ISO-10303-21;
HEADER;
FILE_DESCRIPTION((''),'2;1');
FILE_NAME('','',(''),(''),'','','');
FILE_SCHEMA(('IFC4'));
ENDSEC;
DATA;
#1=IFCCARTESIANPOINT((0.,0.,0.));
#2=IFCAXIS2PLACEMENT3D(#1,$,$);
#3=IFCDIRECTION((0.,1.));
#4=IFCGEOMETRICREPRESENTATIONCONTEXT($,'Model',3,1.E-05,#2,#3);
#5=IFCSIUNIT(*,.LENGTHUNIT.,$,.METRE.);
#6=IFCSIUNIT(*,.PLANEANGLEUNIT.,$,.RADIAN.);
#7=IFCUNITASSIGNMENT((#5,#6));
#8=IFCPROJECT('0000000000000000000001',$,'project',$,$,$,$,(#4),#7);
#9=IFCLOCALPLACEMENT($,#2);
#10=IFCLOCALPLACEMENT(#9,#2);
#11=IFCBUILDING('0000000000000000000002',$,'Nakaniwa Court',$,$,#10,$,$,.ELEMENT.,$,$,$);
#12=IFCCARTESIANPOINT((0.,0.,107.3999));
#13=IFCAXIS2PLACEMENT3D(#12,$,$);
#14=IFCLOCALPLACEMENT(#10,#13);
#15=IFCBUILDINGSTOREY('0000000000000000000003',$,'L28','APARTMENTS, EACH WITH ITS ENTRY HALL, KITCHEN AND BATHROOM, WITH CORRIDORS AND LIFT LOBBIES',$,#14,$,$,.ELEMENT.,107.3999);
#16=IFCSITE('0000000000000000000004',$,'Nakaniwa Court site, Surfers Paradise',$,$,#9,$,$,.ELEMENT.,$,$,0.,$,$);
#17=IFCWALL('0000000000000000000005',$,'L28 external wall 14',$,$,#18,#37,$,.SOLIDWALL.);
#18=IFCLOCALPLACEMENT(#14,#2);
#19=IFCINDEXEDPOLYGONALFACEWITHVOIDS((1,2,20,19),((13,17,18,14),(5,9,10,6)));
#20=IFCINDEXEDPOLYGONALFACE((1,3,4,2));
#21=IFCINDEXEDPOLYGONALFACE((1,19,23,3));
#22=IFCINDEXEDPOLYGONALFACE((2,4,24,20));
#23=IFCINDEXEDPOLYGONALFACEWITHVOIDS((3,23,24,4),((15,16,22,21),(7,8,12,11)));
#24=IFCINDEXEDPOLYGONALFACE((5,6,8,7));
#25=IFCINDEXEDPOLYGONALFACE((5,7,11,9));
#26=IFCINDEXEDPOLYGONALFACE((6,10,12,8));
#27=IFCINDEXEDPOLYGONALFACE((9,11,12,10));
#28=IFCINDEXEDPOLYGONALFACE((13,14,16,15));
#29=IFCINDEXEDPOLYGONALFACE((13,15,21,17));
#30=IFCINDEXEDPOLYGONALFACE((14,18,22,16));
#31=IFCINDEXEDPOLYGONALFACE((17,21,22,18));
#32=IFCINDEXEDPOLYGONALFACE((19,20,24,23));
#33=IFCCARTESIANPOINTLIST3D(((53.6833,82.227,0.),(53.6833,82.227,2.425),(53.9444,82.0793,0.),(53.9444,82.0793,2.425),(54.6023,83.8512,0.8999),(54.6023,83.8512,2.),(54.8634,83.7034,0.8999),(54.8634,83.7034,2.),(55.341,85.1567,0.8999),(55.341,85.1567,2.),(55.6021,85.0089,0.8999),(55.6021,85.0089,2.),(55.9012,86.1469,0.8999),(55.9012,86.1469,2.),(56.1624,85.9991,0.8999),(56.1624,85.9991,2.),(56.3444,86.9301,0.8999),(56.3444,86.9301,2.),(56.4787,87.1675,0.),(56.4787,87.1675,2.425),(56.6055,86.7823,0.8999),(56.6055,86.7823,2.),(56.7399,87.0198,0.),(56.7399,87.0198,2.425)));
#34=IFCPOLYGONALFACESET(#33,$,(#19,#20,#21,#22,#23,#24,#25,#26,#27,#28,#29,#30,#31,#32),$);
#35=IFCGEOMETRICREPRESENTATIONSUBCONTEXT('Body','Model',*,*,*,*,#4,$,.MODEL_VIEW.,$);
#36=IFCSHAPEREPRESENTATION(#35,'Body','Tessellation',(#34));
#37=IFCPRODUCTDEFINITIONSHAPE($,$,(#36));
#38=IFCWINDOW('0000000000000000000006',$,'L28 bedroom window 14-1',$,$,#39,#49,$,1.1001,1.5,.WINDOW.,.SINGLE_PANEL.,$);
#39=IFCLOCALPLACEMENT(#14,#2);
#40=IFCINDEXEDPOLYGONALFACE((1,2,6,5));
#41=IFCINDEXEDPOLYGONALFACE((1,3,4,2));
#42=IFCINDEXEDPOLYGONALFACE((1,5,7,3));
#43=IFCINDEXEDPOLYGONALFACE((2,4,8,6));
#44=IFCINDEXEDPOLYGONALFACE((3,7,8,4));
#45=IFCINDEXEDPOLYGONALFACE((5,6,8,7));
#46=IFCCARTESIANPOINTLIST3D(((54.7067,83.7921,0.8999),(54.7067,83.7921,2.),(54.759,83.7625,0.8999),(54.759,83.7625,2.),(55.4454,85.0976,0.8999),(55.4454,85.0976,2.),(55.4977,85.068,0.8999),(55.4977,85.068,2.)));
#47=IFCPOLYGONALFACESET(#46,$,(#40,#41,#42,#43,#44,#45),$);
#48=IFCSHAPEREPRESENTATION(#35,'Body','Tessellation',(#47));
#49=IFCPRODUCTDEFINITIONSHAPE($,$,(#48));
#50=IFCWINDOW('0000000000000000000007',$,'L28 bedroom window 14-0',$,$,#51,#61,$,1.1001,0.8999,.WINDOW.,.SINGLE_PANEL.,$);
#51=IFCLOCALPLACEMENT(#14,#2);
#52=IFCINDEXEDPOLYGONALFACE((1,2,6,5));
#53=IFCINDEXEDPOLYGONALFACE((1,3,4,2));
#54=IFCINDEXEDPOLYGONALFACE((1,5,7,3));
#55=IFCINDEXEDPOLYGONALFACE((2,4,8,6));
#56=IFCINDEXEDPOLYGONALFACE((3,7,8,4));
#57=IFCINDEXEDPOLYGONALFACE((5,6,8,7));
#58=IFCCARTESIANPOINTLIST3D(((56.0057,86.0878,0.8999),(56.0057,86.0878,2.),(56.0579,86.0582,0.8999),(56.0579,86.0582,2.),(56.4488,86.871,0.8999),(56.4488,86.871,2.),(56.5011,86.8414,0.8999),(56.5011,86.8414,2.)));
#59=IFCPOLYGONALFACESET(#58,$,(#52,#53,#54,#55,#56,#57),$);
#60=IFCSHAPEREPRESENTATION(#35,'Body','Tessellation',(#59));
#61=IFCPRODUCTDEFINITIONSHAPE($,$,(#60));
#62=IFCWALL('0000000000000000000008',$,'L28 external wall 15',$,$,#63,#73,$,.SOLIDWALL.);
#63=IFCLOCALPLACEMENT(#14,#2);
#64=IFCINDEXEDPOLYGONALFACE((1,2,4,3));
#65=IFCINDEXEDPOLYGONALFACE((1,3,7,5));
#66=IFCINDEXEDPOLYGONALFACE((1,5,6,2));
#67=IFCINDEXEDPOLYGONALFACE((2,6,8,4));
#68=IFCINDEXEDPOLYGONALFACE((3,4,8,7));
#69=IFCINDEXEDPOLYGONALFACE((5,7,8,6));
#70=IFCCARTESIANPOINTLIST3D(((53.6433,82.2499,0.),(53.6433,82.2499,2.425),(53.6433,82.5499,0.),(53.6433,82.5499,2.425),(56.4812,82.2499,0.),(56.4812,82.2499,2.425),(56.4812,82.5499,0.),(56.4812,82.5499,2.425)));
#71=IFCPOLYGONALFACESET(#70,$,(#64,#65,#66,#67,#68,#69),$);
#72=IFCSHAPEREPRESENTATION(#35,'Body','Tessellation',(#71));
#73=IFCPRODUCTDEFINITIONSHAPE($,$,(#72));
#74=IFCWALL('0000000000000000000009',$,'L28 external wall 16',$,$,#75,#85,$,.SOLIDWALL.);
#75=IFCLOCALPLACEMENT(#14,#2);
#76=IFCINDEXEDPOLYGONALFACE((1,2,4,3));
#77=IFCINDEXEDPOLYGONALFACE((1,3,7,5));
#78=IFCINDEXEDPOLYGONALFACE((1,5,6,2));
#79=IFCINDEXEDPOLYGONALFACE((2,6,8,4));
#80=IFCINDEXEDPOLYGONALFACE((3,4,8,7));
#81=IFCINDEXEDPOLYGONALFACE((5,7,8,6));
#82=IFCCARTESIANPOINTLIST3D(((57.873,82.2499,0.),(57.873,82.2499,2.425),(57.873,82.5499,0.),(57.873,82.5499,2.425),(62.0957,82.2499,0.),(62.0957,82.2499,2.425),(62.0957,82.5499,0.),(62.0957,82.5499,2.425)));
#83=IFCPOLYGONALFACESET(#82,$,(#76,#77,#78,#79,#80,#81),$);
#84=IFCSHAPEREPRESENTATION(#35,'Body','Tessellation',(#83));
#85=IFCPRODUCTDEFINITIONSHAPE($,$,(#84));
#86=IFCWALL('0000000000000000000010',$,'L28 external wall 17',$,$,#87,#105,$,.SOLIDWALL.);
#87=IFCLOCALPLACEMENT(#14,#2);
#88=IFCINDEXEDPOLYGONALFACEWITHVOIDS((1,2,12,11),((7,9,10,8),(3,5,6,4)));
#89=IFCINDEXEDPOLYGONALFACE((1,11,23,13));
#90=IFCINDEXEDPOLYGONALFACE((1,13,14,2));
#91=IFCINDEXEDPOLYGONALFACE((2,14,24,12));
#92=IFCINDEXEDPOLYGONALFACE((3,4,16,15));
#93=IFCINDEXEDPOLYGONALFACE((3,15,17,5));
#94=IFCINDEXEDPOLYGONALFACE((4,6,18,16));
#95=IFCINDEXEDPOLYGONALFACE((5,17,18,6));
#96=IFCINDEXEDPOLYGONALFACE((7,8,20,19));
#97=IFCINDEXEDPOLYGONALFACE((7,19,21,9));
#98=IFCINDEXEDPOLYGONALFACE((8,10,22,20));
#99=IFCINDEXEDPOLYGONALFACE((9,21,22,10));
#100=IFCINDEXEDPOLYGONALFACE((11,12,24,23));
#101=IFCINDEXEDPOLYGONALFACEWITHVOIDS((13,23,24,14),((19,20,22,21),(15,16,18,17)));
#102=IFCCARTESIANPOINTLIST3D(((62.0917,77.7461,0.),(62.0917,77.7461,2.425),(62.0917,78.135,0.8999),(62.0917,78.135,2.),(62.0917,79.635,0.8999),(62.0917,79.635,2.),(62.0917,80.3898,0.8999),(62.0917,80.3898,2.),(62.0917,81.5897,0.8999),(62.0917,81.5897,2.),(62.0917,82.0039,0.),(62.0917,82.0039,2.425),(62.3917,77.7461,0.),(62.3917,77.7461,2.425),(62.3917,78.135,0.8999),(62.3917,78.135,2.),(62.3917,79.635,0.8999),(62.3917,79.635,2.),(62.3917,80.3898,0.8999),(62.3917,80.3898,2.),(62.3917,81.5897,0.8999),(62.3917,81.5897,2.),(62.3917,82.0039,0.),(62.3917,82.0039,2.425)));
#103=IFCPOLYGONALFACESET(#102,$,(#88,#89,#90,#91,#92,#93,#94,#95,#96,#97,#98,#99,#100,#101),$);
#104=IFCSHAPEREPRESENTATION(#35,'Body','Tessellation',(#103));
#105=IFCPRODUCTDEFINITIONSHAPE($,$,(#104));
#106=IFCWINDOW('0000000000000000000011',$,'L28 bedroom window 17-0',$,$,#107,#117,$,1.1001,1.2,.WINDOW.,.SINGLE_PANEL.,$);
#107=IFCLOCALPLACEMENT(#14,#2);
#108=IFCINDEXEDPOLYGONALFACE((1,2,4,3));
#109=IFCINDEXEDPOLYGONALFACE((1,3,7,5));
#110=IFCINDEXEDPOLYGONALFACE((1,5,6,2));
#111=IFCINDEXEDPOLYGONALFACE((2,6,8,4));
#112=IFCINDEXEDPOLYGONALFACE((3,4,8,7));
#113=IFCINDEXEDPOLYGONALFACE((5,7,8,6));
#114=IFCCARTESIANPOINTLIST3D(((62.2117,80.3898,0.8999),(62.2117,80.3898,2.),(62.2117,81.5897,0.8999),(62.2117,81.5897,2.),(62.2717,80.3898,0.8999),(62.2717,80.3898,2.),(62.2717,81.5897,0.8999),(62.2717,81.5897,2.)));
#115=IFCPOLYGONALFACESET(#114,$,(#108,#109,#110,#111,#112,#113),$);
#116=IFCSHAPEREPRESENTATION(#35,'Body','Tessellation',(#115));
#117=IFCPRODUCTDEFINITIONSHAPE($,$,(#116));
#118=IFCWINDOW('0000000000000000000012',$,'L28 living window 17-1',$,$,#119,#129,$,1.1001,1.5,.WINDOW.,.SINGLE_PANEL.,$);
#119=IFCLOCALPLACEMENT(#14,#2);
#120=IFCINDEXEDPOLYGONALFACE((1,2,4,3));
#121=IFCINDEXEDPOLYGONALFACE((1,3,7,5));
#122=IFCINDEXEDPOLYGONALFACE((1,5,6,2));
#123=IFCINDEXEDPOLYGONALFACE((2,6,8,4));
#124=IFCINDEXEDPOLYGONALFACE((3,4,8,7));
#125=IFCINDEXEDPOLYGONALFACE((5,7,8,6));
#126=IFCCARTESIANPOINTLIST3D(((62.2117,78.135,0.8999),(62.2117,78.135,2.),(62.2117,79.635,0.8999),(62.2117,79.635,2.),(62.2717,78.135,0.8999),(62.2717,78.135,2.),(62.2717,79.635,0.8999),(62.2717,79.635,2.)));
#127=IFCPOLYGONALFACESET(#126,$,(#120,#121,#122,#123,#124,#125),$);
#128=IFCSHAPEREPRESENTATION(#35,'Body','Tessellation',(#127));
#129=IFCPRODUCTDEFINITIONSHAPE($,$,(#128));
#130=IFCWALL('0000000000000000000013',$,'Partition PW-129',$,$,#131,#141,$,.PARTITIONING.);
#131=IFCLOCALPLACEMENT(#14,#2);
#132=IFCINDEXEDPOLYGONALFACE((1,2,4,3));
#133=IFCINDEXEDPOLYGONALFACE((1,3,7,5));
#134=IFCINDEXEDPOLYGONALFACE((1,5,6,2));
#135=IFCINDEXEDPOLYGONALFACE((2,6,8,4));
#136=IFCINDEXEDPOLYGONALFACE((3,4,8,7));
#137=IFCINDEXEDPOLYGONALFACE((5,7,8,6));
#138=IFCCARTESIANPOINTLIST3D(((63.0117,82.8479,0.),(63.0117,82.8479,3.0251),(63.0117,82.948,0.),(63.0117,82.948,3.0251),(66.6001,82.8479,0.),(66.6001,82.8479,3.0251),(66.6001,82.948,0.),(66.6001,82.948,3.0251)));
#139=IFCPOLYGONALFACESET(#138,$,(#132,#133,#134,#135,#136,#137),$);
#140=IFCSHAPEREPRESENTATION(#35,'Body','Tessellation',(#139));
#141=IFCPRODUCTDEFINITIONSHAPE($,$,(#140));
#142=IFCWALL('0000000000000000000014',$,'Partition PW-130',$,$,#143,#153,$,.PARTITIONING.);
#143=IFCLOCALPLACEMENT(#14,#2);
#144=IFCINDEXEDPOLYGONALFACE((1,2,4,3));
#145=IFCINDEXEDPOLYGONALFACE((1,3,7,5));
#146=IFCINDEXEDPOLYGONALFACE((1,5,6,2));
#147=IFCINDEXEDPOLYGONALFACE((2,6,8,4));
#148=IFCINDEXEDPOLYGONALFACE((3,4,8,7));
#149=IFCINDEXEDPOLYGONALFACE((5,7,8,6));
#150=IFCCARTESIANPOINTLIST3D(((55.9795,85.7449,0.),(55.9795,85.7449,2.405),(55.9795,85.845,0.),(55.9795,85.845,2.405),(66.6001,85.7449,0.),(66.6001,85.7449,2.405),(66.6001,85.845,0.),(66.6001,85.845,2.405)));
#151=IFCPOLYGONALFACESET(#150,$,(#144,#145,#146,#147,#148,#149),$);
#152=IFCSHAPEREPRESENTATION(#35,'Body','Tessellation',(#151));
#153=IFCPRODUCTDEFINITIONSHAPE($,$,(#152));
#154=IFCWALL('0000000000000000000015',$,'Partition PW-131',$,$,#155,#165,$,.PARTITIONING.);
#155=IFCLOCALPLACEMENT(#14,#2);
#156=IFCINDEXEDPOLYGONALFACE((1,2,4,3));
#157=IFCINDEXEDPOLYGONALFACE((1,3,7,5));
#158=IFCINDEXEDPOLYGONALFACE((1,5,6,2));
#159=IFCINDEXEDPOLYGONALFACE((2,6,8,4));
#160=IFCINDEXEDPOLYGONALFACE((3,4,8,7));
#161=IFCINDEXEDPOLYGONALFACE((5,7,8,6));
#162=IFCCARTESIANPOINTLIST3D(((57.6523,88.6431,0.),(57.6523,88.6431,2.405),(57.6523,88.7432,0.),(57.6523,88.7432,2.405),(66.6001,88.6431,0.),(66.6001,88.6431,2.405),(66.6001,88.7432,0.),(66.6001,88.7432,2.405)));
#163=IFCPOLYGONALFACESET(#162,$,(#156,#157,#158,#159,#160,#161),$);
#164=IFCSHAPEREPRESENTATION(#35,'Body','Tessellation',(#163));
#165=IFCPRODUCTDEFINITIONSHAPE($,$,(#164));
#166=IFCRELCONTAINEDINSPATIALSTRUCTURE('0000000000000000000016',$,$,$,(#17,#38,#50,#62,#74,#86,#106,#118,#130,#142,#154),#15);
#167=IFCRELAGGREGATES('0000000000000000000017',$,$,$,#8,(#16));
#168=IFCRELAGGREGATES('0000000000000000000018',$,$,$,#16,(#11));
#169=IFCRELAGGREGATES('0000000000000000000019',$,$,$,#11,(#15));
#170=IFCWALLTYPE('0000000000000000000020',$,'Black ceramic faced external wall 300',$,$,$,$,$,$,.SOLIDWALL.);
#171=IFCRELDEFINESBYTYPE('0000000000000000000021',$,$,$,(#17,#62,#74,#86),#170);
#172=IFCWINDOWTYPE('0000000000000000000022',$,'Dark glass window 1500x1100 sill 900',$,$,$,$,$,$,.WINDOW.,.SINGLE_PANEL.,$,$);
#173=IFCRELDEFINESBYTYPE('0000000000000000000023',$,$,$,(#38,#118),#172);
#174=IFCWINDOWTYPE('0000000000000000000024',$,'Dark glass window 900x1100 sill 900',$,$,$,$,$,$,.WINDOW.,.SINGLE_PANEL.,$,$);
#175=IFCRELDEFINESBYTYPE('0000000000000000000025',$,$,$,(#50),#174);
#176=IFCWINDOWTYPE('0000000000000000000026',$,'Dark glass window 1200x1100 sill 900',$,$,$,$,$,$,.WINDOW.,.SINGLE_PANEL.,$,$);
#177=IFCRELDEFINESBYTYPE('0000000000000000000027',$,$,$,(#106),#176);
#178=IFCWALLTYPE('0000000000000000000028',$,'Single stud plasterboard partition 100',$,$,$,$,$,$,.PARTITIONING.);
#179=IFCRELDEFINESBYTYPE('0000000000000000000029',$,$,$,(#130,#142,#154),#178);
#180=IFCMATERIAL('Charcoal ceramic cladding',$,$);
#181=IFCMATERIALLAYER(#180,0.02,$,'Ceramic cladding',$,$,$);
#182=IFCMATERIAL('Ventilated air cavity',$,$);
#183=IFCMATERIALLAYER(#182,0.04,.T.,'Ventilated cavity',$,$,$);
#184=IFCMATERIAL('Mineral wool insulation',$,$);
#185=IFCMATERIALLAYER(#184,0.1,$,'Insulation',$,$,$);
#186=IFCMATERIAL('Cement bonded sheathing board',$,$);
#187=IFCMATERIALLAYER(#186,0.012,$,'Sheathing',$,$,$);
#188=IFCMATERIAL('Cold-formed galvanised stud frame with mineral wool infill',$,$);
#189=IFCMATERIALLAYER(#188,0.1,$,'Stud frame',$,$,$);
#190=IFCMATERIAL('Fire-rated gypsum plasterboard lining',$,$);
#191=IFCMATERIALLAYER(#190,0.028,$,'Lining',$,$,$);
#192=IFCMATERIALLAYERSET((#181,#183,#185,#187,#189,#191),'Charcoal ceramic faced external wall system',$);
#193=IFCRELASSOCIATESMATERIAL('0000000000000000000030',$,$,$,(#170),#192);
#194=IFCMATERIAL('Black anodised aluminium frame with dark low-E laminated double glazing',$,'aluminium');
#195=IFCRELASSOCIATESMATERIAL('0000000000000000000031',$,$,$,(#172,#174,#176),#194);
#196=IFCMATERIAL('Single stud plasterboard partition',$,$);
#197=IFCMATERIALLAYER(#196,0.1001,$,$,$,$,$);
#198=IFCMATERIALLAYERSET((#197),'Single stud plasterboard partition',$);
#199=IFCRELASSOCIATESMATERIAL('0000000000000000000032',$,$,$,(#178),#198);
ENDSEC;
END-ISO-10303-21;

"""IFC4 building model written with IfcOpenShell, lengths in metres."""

from ifc_helpers import new_model, si_unit, direction, frame, frame_2d, origin, place, context, subcontext, project, spatial, rectangle, extrude, material, layer, layer_set, type_object, element, fill, save


model = new_model("IFC4")

# Units and contexts
model_context = context("Model", 3, precision=1e-05, world=origin(), true_north=direction((0.0, 1.0)))
body_context = subcontext(model_context, "Body", "Model", "MODEL_VIEW")
ifc_project = project(units=[si_unit("LENGTHUNIT", "METRE"), si_unit("PLANEANGLEUNIT", "RADIAN")], contexts=[model_context])

# Site, building, storey
site_placement = place(None, origin())
site = spatial("IfcSite", under=ifc_project, at=site_placement, Name="Nakaniwa Court site, Surfers Paradise", CompositionType="ELEMENT", RefElevation=0.0)
building_placement = place(site_placement, origin())
building = spatial("IfcBuilding", under=site, at=building_placement, Name="Nakaniwa Court", CompositionType="ELEMENT")
storey_placement = place(building_placement, frame((0.0, 0.0, 107.3999)))
storey = spatial("IfcBuildingStorey", under=building, at=storey_placement, Name="L28", Description="APARTMENTS, EACH WITH ITS ENTRY HALL, KITCHEN AND BATHROOM, WITH CORRIDORS AND LIFT LOBBIES", CompositionType="ELEMENT", Elevation=107.3999)

# Shared definitions
ifc_material_1 = material(Name="Charcoal ceramic cladding")
ifc_layer_1 = layer(ifc_material_1, 0.02, Name="Ceramic cladding")
ifc_material_2 = material(Name="Ventilated air cavity")
ifc_layer_2 = layer(ifc_material_2, 0.04, ventilated=True, Name="Ventilated cavity")
ifc_material_3 = material(Name="Mineral wool insulation")
ifc_layer_3 = layer(ifc_material_3, 0.1, Name="Insulation")
ifc_material_4 = material(Name="Cement bonded sheathing board")
ifc_layer_4 = layer(ifc_material_4, 0.012, Name="Sheathing")
ifc_material_5 = material(Name="Cold-formed galvanised stud frame with mineral wool infill")
ifc_layer_5 = layer(ifc_material_5, 0.1, Name="Stud frame")
ifc_material_6 = material(Name="Fire-rated gypsum plasterboard lining")
ifc_layer_6 = layer(ifc_material_6, 0.028, Name="Lining")
ifc_layer_set_1 = layer_set([ifc_layer_1, ifc_layer_2, ifc_layer_3, ifc_layer_4, ifc_layer_5, ifc_layer_6], Name="Charcoal ceramic faced external wall system")
wall_type_1 = type_object("IfcWallType", Name="Black ceramic faced external wall 300", PredefinedType="SOLIDWALL", material=ifc_layer_set_1)

# Wall, openings, windows
wall_1_placement = place(storey_placement, frame((56.6094, 87.0938, 0.0), z_axis=(0.0, 0.0, 1.0), x_axis=(-0.492457, -0.870337, 0.0)))
wall_1 = element("IfcWall", 1, at=wall_1_placement, inside=storey, type_object=wall_type_1, Name="L28 external wall 14", PredefinedType="SOLIDWALL", context=body_context, shape_type="SweptSolid", body=[
    extrude(rectangle(XDim=5.6765, YDim=0.3, at=frame_2d((2.8384, 0.0))), origin(), (0.0, 0.0, 1.0), 2.425),
])
opening_1_placement = place(wall_1_placement, frame((0.2729, 0.0, 0.8999)))
opening_1 = element("IfcOpeningElement", 2, at=opening_1_placement, cuts=wall_1, PredefinedType="OPENING", context=body_context, shape_type="SweptSolid", body=[
    extrude(rectangle(XDim=0.8999, YDim=1.1001, at=frame_2d((0.45, 0.55))), frame((0.0, 0.1599, 0.0), z_axis=(0.0, -1.0, 0.0), x_axis=(1.0, 0.0, 0.0)), (0.0, 0.0, 1.0), 0.3201),
])
opening_2_placement = place(wall_1_placement, frame((2.3105, 0.0, 0.8999)))
opening_2 = element("IfcOpeningElement", 3, at=opening_2_placement, cuts=wall_1, PredefinedType="OPENING", context=body_context, shape_type="SweptSolid", body=[
    extrude(rectangle(XDim=1.5, YDim=1.1001, at=frame_2d((0.75, 0.55))), frame((0.0, 0.1599, 0.0), z_axis=(0.0, -1.0, 0.0), x_axis=(1.0, 0.0, 0.0)), (0.0, 0.0, 1.0), 0.3201),
])
ifc_material_7 = material(Name="Black anodised aluminium frame with dark low-E laminated double glazing", Category="aluminium")
window_type_1 = type_object("IfcWindowType", Name="Dark glass window 1500x1100 sill 900", PartitioningType="SINGLE_PANEL", PredefinedType="WINDOW", material=ifc_material_7)
window_1_placement = place(opening_2_placement, origin())
window_1 = element("IfcWindow", 4, at=window_1_placement, inside=storey, type_object=window_type_1, Name="L28 bedroom window 14-1", OverallHeight=1.1001, OverallWidth=1.5, PartitioningType="SINGLE_PANEL", PredefinedType="WINDOW", context=body_context, shape_type="SweptSolid", body=[
    extrude(rectangle(XDim=1.5, YDim=1.1001, at=frame_2d((0.75, 0.55))), frame((0.0, 0.03, 0.0), z_axis=(0.0, -1.0, 0.0), x_axis=(1.0, 0.0, 0.0)), (0.0, 0.0, 1.0), 0.0601),
])
fill(opening_2, window_1)
window_type_2 = type_object("IfcWindowType", Name="Dark glass window 900x1100 sill 900", PartitioningType="SINGLE_PANEL", PredefinedType="WINDOW", material=ifc_material_7)
window_2_placement = place(opening_1_placement, origin())
window_2 = element("IfcWindow", 5, at=window_2_placement, inside=storey, type_object=window_type_2, Name="L28 bedroom window 14-0", OverallHeight=1.1001, OverallWidth=0.8999, PartitioningType="SINGLE_PANEL", PredefinedType="WINDOW", context=body_context, shape_type="SweptSolid", body=[
    extrude(rectangle(XDim=0.8999, YDim=1.1001, at=frame_2d((0.45, 0.55))), frame((0.0, 0.03, 0.0), z_axis=(0.0, -1.0, 0.0), x_axis=(1.0, 0.0, 0.0)), (0.0, 0.0, 1.0), 0.0601),
])
fill(opening_1, window_2)

# Walls
wall_2_placement = place(storey_placement, frame((53.6433, 82.3999, 0.0), z_axis=(0.0, 0.0, 1.0), x_axis=(1.0, 0.0, 0.0)))
element("IfcWall", 6, at=wall_2_placement, inside=storey, type_object=wall_type_1, Name="L28 external wall 15", PredefinedType="SOLIDWALL", context=body_context, shape_type="SweptSolid", body=[
    extrude(rectangle(XDim=2.8379, YDim=0.3, at=frame_2d((1.4189, 0.0))), origin(), (0.0, 0.0, 1.0), 2.425),
])
wall_3_placement = place(storey_placement, frame((57.873, 82.3999, 0.0), z_axis=(0.0, 0.0, 1.0), x_axis=(1.0, 0.0, 0.0)))
element("IfcWall", 7, at=wall_3_placement, inside=storey, type_object=wall_type_1, Name="L28 external wall 16", PredefinedType="SOLIDWALL", context=body_context, shape_type="SweptSolid", body=[
    extrude(rectangle(XDim=4.2227, YDim=0.3, at=frame_2d((2.1113, 0.0))), origin(), (0.0, 0.0, 1.0), 2.425),
])

# Wall, openings, windows
wall_4_placement = place(storey_placement, frame((62.2417, 82.0039, 0.0), z_axis=(0.0, 0.0, 1.0), x_axis=(0.0, -1.0, 0.0)))
wall_4 = element("IfcWall", 8, at=wall_4_placement, inside=storey, type_object=wall_type_1, Name="L28 external wall 17", PredefinedType="SOLIDWALL", context=body_context, shape_type="SweptSolid", body=[
    extrude(rectangle(XDim=4.2578, YDim=0.3, at=frame_2d((2.1289, 0.0))), origin(), (0.0, 0.0, 1.0), 2.425),
])
opening_3_placement = place(wall_4_placement, frame((0.4141, 0.0, 0.8999)))
opening_3 = element("IfcOpeningElement", 9, at=opening_3_placement, cuts=wall_4, PredefinedType="OPENING", context=body_context, shape_type="SweptSolid", body=[
    extrude(rectangle(XDim=1.2, YDim=1.1001, at=frame_2d((0.6001, 0.55))), frame((0.0, 0.1599, 0.0), z_axis=(0.0, -1.0, 0.0), x_axis=(1.0, 0.0, 0.0)), (0.0, 0.0, 1.0), 0.3201),
])
opening_4_placement = place(wall_4_placement, frame((2.3689, 0.0, 0.8999)))
opening_4 = element("IfcOpeningElement", 10, at=opening_4_placement, cuts=wall_4, PredefinedType="OPENING", context=body_context, shape_type="SweptSolid", body=[
    extrude(rectangle(XDim=1.5, YDim=1.1001, at=frame_2d((0.75, 0.55))), frame((0.0, 0.1599, 0.0), z_axis=(0.0, -1.0, 0.0), x_axis=(1.0, 0.0, 0.0)), (0.0, 0.0, 1.0), 0.3201),
])
window_type_3 = type_object("IfcWindowType", Name="Dark glass window 1200x1100 sill 900", PartitioningType="SINGLE_PANEL", PredefinedType="WINDOW", material=ifc_material_7)
window_3_placement = place(opening_3_placement, origin())
window_3 = element("IfcWindow", 11, at=window_3_placement, inside=storey, type_object=window_type_3, Name="L28 bedroom window 17-0", OverallHeight=1.1001, OverallWidth=1.2, PartitioningType="SINGLE_PANEL", PredefinedType="WINDOW", context=body_context, shape_type="SweptSolid", body=[
    extrude(rectangle(XDim=1.2, YDim=1.1001, at=frame_2d((0.6001, 0.55))), frame((0.0, 0.03, 0.0), z_axis=(0.0, -1.0, 0.0), x_axis=(1.0, 0.0, 0.0)), (0.0, 0.0, 1.0), 0.0601),
])
fill(opening_3, window_3)
window_4_placement = place(opening_4_placement, origin())
window_4 = element("IfcWindow", 12, at=window_4_placement, inside=storey, type_object=window_type_1, Name="L28 living window 17-1", OverallHeight=1.1001, OverallWidth=1.5, PartitioningType="SINGLE_PANEL", PredefinedType="WINDOW", context=body_context, shape_type="SweptSolid", body=[
    extrude(rectangle(XDim=1.5, YDim=1.1001, at=frame_2d((0.75, 0.55))), frame((0.0, 0.03, 0.0), z_axis=(0.0, -1.0, 0.0), x_axis=(1.0, 0.0, 0.0)), (0.0, 0.0, 1.0), 0.0601),
])
fill(opening_4, window_4)

# Walls
ifc_material_8 = material(Name="Single stud plasterboard partition")
ifc_layer_7 = layer(ifc_material_8, 0.1001)
ifc_layer_set_2 = layer_set([ifc_layer_7], Name="Single stud plasterboard partition")
wall_type_2 = type_object("IfcWallType", Name="Single stud plasterboard partition 100", PredefinedType="PARTITIONING", material=ifc_layer_set_2)
wall_5_placement = place(storey_placement, frame((63.0117, 82.8979, 0.0), z_axis=(0.0, 0.0, 1.0), x_axis=(1.0, 0.0, 0.0)))
element("IfcWall", 13, at=wall_5_placement, inside=storey, type_object=wall_type_2, Name="Partition PW-129", PredefinedType="PARTITIONING", context=body_context, shape_type="SweptSolid", body=[
    extrude(rectangle(XDim=3.5884, YDim=0.1001, at=frame_2d((1.7942, 0.0))), origin(), (0.0, 0.0, 1.0), 3.0251),
])
wall_6_placement = place(storey_placement, frame((55.9795, 85.7949, 0.0), z_axis=(0.0, 0.0, 1.0), x_axis=(1.0, 0.0, 0.0)))
element("IfcWall", 14, at=wall_6_placement, inside=storey, type_object=wall_type_2, Name="Partition PW-130", PredefinedType="PARTITIONING", context=body_context, shape_type="SweptSolid", body=[
    extrude(rectangle(XDim=10.6206, YDim=0.1001, at=frame_2d((5.3103, 0.0))), origin(), (0.0, 0.0, 1.0), 2.405),
])
wall_7_placement = place(storey_placement, frame((57.6523, 88.6931, 0.0), z_axis=(0.0, 0.0, 1.0), x_axis=(1.0, 0.0, 0.0)))
element("IfcWall", 15, at=wall_7_placement, inside=storey, type_object=wall_type_2, Name="Partition PW-131", PredefinedType="PARTITIONING", context=body_context, shape_type="SweptSolid", body=[
    extrude(rectangle(XDim=8.9478, YDim=0.1001, at=frame_2d((4.4739, 0.0))), origin(), (0.0, 0.0, 1.0), 2.405),
])

save(model, "model.ifc")
